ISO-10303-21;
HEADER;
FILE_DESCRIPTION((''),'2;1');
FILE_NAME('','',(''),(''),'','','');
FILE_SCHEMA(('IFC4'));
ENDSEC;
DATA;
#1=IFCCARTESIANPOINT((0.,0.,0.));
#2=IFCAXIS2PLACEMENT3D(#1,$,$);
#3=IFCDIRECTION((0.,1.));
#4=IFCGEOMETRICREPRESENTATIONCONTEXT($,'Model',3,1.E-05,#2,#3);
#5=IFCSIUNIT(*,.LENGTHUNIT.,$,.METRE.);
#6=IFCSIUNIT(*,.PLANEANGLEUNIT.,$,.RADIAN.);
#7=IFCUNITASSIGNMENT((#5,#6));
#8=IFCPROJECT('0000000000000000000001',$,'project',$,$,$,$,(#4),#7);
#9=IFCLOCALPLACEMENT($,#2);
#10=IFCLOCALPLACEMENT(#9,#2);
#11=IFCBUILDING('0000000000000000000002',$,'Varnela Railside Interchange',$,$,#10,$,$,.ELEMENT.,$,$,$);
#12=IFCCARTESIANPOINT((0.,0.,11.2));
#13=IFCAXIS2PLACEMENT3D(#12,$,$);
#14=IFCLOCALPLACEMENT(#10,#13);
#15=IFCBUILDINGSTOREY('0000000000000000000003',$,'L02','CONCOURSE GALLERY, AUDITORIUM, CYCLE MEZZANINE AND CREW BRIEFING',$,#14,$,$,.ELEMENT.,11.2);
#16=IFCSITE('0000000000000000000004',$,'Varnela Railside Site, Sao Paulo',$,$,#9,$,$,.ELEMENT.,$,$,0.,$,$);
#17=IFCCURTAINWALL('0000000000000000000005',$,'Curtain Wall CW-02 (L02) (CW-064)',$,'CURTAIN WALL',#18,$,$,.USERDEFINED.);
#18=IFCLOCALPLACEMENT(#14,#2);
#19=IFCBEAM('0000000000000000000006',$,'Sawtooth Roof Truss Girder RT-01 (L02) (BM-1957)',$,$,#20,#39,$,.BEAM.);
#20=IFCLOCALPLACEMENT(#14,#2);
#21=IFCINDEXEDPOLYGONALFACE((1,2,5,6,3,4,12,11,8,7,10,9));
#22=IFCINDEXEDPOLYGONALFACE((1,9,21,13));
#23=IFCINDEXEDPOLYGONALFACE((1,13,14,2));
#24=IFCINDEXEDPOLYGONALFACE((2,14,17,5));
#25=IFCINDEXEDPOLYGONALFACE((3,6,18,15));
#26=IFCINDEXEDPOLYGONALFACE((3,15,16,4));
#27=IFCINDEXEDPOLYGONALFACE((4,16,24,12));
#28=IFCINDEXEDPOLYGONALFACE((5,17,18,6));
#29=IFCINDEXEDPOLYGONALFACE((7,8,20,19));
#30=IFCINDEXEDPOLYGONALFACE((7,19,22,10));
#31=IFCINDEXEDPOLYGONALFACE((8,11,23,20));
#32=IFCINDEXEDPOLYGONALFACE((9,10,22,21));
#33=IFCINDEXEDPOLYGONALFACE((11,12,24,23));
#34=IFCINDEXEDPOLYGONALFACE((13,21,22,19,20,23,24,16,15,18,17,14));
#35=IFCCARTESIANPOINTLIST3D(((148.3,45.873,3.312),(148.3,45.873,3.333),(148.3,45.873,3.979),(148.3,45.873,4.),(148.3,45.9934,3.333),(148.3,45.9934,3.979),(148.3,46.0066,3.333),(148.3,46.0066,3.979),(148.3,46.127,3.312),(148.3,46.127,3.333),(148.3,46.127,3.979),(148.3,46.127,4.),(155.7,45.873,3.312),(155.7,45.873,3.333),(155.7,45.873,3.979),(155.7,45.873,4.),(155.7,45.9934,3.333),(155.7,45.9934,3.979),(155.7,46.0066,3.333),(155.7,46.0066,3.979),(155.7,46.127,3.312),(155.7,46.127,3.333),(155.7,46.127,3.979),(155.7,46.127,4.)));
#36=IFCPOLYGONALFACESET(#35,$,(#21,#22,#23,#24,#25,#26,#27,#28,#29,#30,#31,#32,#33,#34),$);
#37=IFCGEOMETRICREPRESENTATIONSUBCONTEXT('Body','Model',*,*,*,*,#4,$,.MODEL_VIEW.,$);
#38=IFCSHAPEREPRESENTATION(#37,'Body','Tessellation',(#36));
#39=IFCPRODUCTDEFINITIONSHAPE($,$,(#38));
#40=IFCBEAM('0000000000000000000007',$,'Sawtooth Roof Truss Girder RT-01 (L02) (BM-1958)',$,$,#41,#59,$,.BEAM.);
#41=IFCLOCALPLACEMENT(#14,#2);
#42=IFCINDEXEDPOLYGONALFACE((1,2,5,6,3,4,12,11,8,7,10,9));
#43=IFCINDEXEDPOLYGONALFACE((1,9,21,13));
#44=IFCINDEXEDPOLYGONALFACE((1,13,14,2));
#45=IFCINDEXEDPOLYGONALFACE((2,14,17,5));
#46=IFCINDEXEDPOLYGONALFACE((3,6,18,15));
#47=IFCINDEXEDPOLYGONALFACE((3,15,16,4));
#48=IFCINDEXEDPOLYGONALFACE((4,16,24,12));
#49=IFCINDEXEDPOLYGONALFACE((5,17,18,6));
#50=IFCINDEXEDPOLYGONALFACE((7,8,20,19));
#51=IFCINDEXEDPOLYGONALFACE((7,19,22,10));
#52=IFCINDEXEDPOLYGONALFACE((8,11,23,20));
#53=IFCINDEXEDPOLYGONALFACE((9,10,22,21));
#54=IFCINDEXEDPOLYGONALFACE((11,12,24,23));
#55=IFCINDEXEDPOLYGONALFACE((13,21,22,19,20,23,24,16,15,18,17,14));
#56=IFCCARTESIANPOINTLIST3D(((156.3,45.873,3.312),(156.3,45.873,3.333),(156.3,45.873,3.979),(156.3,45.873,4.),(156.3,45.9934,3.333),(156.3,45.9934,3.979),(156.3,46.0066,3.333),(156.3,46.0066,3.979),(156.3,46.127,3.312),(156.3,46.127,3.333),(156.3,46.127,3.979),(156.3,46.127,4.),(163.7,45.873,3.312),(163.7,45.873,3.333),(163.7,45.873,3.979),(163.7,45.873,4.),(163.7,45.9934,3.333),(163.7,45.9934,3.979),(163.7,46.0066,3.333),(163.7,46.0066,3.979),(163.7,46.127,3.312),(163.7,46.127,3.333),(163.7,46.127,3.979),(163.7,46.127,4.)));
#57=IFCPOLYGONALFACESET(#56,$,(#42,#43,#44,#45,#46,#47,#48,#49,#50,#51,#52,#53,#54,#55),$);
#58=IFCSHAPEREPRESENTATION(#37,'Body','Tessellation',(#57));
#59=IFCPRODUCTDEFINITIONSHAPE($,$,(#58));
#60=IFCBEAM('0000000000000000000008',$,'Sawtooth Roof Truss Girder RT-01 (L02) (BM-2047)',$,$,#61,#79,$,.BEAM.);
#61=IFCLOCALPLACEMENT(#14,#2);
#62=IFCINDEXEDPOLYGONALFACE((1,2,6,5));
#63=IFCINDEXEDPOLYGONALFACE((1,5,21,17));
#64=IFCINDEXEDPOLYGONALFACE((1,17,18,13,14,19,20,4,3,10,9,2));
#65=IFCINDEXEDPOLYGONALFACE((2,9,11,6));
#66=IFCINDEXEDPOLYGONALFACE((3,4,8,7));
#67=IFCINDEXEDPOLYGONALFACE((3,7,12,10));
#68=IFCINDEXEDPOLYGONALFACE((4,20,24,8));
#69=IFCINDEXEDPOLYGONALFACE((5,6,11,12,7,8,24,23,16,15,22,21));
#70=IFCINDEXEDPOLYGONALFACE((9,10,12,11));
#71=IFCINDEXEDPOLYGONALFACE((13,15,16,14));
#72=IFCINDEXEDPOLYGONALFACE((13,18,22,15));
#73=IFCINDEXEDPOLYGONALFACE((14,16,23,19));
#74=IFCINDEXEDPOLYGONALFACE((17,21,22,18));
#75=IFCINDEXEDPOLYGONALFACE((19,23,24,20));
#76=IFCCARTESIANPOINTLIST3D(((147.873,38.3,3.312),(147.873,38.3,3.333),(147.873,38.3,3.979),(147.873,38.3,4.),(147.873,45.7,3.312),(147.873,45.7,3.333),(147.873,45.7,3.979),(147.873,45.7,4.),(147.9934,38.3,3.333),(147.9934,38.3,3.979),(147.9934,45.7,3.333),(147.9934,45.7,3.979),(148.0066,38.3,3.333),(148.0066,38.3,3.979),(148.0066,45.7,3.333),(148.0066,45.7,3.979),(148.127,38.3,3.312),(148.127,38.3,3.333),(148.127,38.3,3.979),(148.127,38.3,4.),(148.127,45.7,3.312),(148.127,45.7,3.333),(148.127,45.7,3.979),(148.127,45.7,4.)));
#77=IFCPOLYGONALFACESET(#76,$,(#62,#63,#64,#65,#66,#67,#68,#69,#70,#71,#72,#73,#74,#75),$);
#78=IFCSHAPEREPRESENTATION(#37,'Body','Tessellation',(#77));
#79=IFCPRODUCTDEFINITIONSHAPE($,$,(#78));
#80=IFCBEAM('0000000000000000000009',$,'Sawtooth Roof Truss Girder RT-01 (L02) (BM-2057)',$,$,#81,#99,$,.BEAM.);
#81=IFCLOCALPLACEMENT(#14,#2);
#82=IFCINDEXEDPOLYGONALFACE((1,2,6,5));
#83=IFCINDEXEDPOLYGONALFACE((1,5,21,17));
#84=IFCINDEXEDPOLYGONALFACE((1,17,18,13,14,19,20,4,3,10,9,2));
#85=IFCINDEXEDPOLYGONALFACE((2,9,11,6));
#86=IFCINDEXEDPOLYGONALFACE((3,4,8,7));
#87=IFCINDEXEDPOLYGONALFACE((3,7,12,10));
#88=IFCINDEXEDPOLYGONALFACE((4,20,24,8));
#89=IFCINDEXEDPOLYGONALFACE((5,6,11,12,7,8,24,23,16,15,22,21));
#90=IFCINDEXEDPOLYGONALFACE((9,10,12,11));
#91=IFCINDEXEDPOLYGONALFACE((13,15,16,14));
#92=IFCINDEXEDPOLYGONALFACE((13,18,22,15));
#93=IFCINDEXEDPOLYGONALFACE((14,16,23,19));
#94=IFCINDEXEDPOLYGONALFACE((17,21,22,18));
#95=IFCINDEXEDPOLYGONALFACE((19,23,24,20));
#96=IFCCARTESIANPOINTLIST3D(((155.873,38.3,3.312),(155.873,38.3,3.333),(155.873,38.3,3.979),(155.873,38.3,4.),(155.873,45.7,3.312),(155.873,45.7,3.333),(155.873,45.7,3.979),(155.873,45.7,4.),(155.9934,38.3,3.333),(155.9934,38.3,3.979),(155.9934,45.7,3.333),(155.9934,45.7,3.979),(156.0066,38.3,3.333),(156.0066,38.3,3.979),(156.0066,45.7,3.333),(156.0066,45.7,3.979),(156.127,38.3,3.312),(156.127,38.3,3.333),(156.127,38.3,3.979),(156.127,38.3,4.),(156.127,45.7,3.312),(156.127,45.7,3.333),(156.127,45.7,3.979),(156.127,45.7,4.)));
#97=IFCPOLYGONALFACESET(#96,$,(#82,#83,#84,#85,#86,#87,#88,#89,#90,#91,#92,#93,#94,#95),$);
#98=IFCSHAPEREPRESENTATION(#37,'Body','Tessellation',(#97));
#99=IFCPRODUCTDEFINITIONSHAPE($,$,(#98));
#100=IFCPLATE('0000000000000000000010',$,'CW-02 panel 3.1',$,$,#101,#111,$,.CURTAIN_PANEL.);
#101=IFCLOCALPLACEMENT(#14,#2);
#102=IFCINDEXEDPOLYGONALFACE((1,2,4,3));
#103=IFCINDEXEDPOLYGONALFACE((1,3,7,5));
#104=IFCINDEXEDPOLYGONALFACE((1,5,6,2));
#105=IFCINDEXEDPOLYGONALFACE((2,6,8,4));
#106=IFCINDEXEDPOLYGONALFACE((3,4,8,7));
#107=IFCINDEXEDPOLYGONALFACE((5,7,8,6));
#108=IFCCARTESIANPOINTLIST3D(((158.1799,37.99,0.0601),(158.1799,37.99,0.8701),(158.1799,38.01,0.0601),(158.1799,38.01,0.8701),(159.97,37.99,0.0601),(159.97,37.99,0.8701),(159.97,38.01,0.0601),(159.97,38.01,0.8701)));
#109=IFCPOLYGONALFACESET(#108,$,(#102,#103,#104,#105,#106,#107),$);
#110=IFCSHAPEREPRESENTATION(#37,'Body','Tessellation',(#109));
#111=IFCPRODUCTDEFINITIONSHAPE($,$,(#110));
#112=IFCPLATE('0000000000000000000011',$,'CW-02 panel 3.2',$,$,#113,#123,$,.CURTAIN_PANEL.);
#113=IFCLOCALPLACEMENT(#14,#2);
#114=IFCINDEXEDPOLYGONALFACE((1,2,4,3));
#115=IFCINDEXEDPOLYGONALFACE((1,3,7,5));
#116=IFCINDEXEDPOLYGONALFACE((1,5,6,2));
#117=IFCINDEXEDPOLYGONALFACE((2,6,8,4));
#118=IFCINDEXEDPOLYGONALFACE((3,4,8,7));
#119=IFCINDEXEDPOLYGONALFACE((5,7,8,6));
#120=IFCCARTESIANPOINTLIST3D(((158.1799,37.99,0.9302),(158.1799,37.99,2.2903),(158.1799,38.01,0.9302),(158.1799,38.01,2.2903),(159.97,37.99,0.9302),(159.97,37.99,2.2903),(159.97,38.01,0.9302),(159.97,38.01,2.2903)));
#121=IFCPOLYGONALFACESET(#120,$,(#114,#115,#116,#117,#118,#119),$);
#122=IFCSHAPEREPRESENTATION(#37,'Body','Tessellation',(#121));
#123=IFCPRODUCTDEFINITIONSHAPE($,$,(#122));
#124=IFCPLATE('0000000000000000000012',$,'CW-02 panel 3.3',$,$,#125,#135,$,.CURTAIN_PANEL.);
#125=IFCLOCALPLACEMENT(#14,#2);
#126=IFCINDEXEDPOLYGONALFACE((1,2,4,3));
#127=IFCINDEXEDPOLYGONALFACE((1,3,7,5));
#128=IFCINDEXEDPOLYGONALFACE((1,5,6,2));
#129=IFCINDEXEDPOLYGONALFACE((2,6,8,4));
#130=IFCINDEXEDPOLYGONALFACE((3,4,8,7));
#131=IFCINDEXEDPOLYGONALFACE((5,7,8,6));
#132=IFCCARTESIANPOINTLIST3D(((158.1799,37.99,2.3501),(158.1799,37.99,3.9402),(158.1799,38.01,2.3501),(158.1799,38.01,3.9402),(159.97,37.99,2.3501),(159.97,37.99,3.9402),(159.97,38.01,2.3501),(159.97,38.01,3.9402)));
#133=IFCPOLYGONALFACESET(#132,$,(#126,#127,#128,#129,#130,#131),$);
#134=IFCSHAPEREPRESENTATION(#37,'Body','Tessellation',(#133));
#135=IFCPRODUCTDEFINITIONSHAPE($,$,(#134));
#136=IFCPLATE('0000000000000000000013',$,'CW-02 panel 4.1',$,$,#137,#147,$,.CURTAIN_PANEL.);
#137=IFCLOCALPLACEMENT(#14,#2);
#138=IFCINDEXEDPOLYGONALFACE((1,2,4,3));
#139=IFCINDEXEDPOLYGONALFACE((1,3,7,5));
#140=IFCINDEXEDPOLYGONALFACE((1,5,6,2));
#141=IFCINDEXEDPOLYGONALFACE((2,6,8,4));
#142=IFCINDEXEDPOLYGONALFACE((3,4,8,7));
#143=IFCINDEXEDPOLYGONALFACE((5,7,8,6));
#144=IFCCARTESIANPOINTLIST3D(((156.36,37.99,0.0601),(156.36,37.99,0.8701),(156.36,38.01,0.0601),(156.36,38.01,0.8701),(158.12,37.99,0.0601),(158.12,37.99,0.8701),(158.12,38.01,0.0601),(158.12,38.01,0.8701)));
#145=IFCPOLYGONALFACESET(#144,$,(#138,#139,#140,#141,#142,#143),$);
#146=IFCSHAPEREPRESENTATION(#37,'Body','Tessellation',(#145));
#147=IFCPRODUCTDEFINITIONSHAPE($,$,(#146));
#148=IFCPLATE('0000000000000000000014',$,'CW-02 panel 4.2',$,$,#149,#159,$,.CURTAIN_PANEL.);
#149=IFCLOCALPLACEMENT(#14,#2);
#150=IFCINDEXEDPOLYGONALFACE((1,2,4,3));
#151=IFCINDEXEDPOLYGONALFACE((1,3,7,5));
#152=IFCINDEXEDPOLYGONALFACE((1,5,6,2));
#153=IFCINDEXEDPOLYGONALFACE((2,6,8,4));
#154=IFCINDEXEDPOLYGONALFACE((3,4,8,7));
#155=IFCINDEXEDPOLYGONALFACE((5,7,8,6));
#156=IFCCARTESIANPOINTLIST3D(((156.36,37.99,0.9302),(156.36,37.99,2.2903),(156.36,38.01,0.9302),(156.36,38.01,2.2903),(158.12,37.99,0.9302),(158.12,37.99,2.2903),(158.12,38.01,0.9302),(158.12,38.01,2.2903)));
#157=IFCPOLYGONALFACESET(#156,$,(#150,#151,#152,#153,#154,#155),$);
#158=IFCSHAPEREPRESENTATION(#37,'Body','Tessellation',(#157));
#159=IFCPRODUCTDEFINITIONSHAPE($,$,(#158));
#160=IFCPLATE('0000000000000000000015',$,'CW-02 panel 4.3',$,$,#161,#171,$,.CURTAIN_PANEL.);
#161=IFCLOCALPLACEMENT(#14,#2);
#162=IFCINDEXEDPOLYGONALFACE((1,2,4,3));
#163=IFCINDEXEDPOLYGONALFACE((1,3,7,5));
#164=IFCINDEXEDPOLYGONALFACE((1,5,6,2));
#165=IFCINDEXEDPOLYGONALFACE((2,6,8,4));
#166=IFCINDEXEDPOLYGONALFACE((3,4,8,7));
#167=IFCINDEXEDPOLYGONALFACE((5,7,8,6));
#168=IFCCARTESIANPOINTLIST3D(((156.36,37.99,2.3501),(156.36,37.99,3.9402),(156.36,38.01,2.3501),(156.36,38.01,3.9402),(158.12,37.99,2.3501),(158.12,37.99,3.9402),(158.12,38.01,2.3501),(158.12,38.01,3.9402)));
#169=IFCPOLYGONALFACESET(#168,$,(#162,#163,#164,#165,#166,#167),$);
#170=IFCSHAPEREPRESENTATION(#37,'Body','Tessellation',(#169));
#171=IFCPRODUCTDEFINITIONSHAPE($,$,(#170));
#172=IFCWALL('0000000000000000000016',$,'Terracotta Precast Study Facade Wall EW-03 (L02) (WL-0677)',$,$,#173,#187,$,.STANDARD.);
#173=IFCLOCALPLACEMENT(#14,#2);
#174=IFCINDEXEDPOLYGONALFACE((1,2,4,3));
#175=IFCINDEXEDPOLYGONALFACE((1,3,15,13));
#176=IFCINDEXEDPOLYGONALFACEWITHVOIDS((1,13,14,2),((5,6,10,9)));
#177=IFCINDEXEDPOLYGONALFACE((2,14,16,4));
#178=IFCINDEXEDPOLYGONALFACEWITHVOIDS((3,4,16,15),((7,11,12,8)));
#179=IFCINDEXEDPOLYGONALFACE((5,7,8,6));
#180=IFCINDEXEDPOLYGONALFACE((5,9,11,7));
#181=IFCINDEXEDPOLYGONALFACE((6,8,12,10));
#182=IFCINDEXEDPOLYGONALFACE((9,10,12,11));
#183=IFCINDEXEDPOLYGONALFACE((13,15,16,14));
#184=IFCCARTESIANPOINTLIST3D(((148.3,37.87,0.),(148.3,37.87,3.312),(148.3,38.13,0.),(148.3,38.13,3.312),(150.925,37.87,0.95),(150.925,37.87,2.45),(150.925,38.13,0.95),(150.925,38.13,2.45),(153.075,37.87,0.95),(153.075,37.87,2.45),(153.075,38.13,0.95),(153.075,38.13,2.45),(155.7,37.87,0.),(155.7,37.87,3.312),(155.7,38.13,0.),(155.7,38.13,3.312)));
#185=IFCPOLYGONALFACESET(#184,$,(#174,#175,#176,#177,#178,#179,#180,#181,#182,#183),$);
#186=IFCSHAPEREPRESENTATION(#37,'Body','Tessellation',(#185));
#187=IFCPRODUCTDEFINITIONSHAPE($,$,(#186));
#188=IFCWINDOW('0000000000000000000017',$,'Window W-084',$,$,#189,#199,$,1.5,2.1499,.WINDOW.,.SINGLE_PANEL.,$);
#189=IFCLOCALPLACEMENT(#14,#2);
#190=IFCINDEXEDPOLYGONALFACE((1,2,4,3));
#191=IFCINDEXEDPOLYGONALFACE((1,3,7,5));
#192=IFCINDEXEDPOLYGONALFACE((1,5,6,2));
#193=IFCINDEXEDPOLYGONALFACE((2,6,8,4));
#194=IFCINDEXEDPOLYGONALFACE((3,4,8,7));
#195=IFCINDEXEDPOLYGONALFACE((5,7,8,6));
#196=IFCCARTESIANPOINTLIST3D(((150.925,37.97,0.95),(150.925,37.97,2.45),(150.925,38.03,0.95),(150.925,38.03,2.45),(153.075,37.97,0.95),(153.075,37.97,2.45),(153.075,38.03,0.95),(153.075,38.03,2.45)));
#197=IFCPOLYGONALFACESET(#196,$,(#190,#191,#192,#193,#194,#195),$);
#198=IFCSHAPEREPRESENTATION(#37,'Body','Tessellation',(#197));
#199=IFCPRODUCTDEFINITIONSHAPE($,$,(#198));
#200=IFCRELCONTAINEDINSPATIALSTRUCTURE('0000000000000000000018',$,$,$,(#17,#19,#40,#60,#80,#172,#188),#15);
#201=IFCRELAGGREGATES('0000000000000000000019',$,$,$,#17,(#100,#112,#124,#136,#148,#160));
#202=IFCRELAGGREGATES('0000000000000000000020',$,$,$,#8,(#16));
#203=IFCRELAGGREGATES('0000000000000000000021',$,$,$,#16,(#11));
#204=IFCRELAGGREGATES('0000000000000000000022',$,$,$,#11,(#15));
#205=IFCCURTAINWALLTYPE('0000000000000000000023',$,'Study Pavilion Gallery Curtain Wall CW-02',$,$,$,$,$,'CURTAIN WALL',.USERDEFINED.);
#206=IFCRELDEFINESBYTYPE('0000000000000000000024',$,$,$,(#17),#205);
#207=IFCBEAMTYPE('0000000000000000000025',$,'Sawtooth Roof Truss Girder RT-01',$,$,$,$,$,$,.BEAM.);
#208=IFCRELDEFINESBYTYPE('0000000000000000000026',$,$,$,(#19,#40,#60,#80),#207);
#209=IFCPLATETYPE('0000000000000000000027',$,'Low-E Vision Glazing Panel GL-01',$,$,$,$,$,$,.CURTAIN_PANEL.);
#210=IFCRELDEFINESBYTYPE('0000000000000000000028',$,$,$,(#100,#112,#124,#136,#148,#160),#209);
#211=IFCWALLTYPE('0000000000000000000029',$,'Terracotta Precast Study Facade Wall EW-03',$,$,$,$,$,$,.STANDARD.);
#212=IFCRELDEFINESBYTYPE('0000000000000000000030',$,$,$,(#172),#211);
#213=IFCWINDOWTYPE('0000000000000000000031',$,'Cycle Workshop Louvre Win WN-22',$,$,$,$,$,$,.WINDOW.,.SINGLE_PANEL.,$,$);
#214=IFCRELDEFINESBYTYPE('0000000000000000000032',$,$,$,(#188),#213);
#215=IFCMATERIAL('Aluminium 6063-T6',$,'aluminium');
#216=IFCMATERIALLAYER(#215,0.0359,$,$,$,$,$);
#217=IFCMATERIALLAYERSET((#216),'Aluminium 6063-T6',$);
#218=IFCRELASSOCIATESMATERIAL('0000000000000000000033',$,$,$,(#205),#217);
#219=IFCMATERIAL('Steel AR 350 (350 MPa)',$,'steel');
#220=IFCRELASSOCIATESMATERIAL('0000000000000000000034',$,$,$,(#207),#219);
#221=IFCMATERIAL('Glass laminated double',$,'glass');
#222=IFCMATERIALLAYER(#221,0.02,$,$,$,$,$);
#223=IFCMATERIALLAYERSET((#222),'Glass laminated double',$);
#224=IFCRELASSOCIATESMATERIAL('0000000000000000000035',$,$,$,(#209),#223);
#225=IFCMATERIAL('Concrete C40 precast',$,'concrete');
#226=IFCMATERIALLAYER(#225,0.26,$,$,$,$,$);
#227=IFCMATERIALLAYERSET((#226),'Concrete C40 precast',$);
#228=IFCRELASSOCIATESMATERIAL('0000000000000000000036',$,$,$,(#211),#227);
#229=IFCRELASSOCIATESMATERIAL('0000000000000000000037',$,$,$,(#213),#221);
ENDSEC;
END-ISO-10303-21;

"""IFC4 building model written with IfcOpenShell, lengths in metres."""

from ifc_helpers import new_model, si_unit, direction, frame, frame_2d, origin, origin_2d, place, context, subcontext, project, spatial, rectangle, i_section, extrude, material, layer, layer_set, material_profile, profile_set, type_object, element, fill, aggregate, save


model = new_model("IFC4")

# Units and contexts
model_context = context("Model", 3, precision=1e-05, world=origin(), true_north=direction((0.0, 1.0)))
body_context = subcontext(model_context, "Body", "Model", "MODEL_VIEW")
ifc_project = project(units=[si_unit("LENGTHUNIT", "METRE"), si_unit("PLANEANGLEUNIT", "RADIAN")], contexts=[model_context])

# Site, building, storey
site_placement = place(None, origin())
site = spatial("IfcSite", under=ifc_project, at=site_placement, Name="Varnela Railside Site, Sao Paulo", CompositionType="ELEMENT", RefElevation=0.0)
building_placement = place(site_placement, origin())
building = spatial("IfcBuilding", under=site, at=building_placement, Name="Varnela Railside Interchange", CompositionType="ELEMENT")
storey_placement = place(building_placement, frame((0.0, 0.0, 11.2)))
storey = spatial("IfcBuildingStorey", under=building, at=storey_placement, Name="L02", Description="CONCOURSE GALLERY, AUDITORIUM, CYCLE MEZZANINE AND CREW BRIEFING", CompositionType="ELEMENT", Elevation=11.2)

# Curtain wall
ifc_material_1 = material(Name="Aluminium 6063-T6", Category="aluminium")
ifc_layer_1 = layer(ifc_material_1, 0.0359)
ifc_layer_set_1 = layer_set([ifc_layer_1], Name="Aluminium 6063-T6")
curtain_wall_type = type_object("IfcCurtainWallType", Name="Study Pavilion Gallery Curtain Wall CW-02", ElementType="CURTAIN WALL", PredefinedType="USERDEFINED", material=ifc_layer_set_1)
curtain_wall_placement = place(storey_placement, origin())
curtain_wall = element("IfcCurtainWall", 1, at=curtain_wall_placement, inside=storey, type_object=curtain_wall_type, Name="Curtain Wall CW-02 (L02) (CW-064)", ObjectType="CURTAIN WALL", PredefinedType="USERDEFINED")

# Beams
ifc_material_2 = material(Name="Steel AR 350 (350 MPa)", Category="steel")
ifc_material_profile_1 = material_profile(ifc_material_2, i_section(OverallWidth=0.2539, OverallDepth=0.688, WebThickness=0.0132, FlangeThickness=0.021, at=origin_2d()), Name="W690x152")
ifc_profile_set_1 = profile_set([ifc_material_profile_1], Name="Steel AR 350 (350 MPa)")
beam_type = type_object("IfcBeamType", Name="Sawtooth Roof Truss Girder RT-01", PredefinedType="BEAM", material=ifc_profile_set_1)
for number, where, z_axis, x_axis, name in (
    (2, (148.3, 46.0, 3.656), (1.0, 0.0, 0.0), (0.0, 1.0, 0.0), "Sawtooth Roof Truss Girder RT-01 (L02) (BM-1957)"),
    (3, (156.3, 46.0, 3.656), (1.0, 0.0, 0.0), (0.0, 1.0, 0.0), "Sawtooth Roof Truss Girder RT-01 (L02) (BM-1958)"),
    (4, (148.0, 38.3, 3.656), (0.0, 1.0, 0.0), (-1.0, 0.0, 0.0), "Sawtooth Roof Truss Girder RT-01 (L02) (BM-2047)"),
    (5, (156.0, 38.3, 3.656), (0.0, 1.0, 0.0), (-1.0, 0.0, 0.0), "Sawtooth Roof Truss Girder RT-01 (L02) (BM-2057)"),
):
    element("IfcBeam", number, at=place(storey_placement, frame(where, z_axis=z_axis, x_axis=x_axis)), inside=storey, type_object=beam_type, Name=name, PredefinedType="BEAM", context=body_context, shape_type="SweptSolid", body=[
        extrude(i_section(OverallWidth=0.2539, OverallDepth=0.688, WebThickness=0.0132, FlangeThickness=0.021, at=origin_2d()), origin(), (0.0, 0.0, 1.0), 7.3999),
    ])

# Plates
ifc_material_3 = material(Name="Glass laminated double", Category="glass")
ifc_layer_2 = layer(ifc_material_3, 0.02)
ifc_layer_set_2 = layer_set([ifc_layer_2], Name="Glass laminated double")
plate_type = type_object("IfcPlateType", Name="Low-E Vision Glazing Panel GL-01", PredefinedType="CURTAIN_PANEL", material=ifc_layer_set_2)
plate_1_placement = place(storey_placement, frame((159.075, 38.0, 0.0601), z_axis=(0.0, 0.0, 1.0), x_axis=(-1.0, 0.0, 0.0)))
plate_1 = element("IfcPlate", 6, at=plate_1_placement, type_object=plate_type, Name="CW-02 panel 3.1", PredefinedType="CURTAIN_PANEL", context=body_context, shape_type="SweptSolid", body=[
    extrude(rectangle(XDim=1.79, YDim=0.02, at=origin_2d()), origin(), (0.0, 0.0, 1.0), 0.8101),
])
plate_2_placement = place(storey_placement, frame((159.075, 38.0, 0.9302), z_axis=(0.0, 0.0, 1.0), x_axis=(-1.0, 0.0, 0.0)))
plate_2 = element("IfcPlate", 7, at=plate_2_placement, type_object=plate_type, Name="CW-02 panel 3.2", PredefinedType="CURTAIN_PANEL", context=body_context, shape_type="SweptSolid", body=[
    extrude(rectangle(XDim=1.79, YDim=0.02, at=origin_2d()), origin(), (0.0, 0.0, 1.0), 1.3601),
])
plate_3_placement = place(storey_placement, frame((159.075, 38.0, 2.3501), z_axis=(0.0, 0.0, 1.0), x_axis=(-1.0, 0.0, 0.0)))
plate_3 = element("IfcPlate", 8, at=plate_3_placement, type_object=plate_type, Name="CW-02 panel 3.3", PredefinedType="CURTAIN_PANEL", context=body_context, shape_type="SweptSolid", body=[
    extrude(rectangle(XDim=1.79, YDim=0.02, at=origin_2d()), origin(), (0.0, 0.0, 1.0), 1.5901),
])
plate_4_placement = place(storey_placement, frame((157.24, 38.0, 0.0601), z_axis=(0.0, 0.0, 1.0), x_axis=(-1.0, 0.0, 0.0)))
plate_4 = element("IfcPlate", 9, at=plate_4_placement, type_object=plate_type, Name="CW-02 panel 4.1", PredefinedType="CURTAIN_PANEL", context=body_context, shape_type="SweptSolid", body=[
    extrude(rectangle(XDim=1.76, YDim=0.02, at=origin_2d()), origin(), (0.0, 0.0, 1.0), 0.8101),
])
plate_5_placement = place(storey_placement, frame((157.24, 38.0, 0.9302), z_axis=(0.0, 0.0, 1.0), x_axis=(-1.0, 0.0, 0.0)))
plate_5 = element("IfcPlate", 10, at=plate_5_placement, type_object=plate_type, Name="CW-02 panel 4.2", PredefinedType="CURTAIN_PANEL", context=body_context, shape_type="SweptSolid", body=[
    extrude(rectangle(XDim=1.76, YDim=0.02, at=origin_2d()), origin(), (0.0, 0.0, 1.0), 1.3601),
])
plate_6_placement = place(storey_placement, frame((157.24, 38.0, 2.3501), z_axis=(0.0, 0.0, 1.0), x_axis=(-1.0, 0.0, 0.0)))
plate_6 = element("IfcPlate", 11, at=plate_6_placement, type_object=plate_type, Name="CW-02 panel 4.3", PredefinedType="CURTAIN_PANEL", context=body_context, shape_type="SweptSolid", body=[
    extrude(rectangle(XDim=1.76, YDim=0.02, at=origin_2d()), origin(), (0.0, 0.0, 1.0), 1.5901),
])
aggregate(curtain_wall, [plate_1, plate_2, plate_3, plate_4, plate_5, plate_6])

# Wall, opening, window
ifc_material_4 = material(Name="Concrete C40 precast", Category="concrete")
ifc_layer_3 = layer(ifc_material_4, 0.26)
ifc_layer_set_3 = layer_set([ifc_layer_3], Name="Concrete C40 precast")
wall_type = type_object("IfcWallType", Name="Terracotta Precast Study Facade Wall EW-03", PredefinedType="STANDARD", material=ifc_layer_set_3)
wall_placement = place(storey_placement, frame((155.7, 38.0, 0.0), z_axis=(0.0, 0.0, 1.0), x_axis=(-1.0, 0.0, 0.0)))
wall = element("IfcWall", 12, at=wall_placement, inside=storey, type_object=wall_type, Name="Terracotta Precast Study Facade Wall EW-03 (L02) (WL-0677)", PredefinedType="STANDARD", context=body_context, shape_type="SweptSolid", body=[
    extrude(rectangle(XDim=7.3999, YDim=0.26, at=frame_2d((3.7, 0.0))), origin(), (0.0, 0.0, 1.0), 3.312),
])
opening_placement = place(wall_placement, frame((2.625, 0.0, 0.95)))
opening = element("IfcOpeningElement", 13, at=opening_placement, cuts=wall, PredefinedType="OPENING", context=body_context, shape_type="SweptSolid", body=[
    extrude(rectangle(XDim=2.1499, YDim=1.5, at=frame_2d((1.075, 0.75))), frame((0.0, 0.1399, 0.0), z_axis=(0.0, -1.0, 0.0), x_axis=(1.0, 0.0, 0.0)), (0.0, 0.0, 1.0), 0.28),
])
window_type = type_object("IfcWindowType", Name="Cycle Workshop Louvre Win WN-22", PartitioningType="SINGLE_PANEL", PredefinedType="WINDOW", material=ifc_material_3)
window_placement = place(opening_placement, origin())
window = element("IfcWindow", 14, at=window_placement, inside=storey, type_object=window_type, Name="Window W-084", OverallHeight=1.5, OverallWidth=2.1499, PartitioningType="SINGLE_PANEL", PredefinedType="WINDOW", context=body_context, shape_type="SweptSolid", body=[
    extrude(rectangle(XDim=2.1499, YDim=1.5, at=frame_2d((1.075, 0.75))), frame((0.0, 0.03, 0.0), z_axis=(0.0, -1.0, 0.0), x_axis=(1.0, 0.0, 0.0)), (0.0, 0.0, 1.0), 0.0601),
])
fill(opening, window)

save(model, "model.ifc")
